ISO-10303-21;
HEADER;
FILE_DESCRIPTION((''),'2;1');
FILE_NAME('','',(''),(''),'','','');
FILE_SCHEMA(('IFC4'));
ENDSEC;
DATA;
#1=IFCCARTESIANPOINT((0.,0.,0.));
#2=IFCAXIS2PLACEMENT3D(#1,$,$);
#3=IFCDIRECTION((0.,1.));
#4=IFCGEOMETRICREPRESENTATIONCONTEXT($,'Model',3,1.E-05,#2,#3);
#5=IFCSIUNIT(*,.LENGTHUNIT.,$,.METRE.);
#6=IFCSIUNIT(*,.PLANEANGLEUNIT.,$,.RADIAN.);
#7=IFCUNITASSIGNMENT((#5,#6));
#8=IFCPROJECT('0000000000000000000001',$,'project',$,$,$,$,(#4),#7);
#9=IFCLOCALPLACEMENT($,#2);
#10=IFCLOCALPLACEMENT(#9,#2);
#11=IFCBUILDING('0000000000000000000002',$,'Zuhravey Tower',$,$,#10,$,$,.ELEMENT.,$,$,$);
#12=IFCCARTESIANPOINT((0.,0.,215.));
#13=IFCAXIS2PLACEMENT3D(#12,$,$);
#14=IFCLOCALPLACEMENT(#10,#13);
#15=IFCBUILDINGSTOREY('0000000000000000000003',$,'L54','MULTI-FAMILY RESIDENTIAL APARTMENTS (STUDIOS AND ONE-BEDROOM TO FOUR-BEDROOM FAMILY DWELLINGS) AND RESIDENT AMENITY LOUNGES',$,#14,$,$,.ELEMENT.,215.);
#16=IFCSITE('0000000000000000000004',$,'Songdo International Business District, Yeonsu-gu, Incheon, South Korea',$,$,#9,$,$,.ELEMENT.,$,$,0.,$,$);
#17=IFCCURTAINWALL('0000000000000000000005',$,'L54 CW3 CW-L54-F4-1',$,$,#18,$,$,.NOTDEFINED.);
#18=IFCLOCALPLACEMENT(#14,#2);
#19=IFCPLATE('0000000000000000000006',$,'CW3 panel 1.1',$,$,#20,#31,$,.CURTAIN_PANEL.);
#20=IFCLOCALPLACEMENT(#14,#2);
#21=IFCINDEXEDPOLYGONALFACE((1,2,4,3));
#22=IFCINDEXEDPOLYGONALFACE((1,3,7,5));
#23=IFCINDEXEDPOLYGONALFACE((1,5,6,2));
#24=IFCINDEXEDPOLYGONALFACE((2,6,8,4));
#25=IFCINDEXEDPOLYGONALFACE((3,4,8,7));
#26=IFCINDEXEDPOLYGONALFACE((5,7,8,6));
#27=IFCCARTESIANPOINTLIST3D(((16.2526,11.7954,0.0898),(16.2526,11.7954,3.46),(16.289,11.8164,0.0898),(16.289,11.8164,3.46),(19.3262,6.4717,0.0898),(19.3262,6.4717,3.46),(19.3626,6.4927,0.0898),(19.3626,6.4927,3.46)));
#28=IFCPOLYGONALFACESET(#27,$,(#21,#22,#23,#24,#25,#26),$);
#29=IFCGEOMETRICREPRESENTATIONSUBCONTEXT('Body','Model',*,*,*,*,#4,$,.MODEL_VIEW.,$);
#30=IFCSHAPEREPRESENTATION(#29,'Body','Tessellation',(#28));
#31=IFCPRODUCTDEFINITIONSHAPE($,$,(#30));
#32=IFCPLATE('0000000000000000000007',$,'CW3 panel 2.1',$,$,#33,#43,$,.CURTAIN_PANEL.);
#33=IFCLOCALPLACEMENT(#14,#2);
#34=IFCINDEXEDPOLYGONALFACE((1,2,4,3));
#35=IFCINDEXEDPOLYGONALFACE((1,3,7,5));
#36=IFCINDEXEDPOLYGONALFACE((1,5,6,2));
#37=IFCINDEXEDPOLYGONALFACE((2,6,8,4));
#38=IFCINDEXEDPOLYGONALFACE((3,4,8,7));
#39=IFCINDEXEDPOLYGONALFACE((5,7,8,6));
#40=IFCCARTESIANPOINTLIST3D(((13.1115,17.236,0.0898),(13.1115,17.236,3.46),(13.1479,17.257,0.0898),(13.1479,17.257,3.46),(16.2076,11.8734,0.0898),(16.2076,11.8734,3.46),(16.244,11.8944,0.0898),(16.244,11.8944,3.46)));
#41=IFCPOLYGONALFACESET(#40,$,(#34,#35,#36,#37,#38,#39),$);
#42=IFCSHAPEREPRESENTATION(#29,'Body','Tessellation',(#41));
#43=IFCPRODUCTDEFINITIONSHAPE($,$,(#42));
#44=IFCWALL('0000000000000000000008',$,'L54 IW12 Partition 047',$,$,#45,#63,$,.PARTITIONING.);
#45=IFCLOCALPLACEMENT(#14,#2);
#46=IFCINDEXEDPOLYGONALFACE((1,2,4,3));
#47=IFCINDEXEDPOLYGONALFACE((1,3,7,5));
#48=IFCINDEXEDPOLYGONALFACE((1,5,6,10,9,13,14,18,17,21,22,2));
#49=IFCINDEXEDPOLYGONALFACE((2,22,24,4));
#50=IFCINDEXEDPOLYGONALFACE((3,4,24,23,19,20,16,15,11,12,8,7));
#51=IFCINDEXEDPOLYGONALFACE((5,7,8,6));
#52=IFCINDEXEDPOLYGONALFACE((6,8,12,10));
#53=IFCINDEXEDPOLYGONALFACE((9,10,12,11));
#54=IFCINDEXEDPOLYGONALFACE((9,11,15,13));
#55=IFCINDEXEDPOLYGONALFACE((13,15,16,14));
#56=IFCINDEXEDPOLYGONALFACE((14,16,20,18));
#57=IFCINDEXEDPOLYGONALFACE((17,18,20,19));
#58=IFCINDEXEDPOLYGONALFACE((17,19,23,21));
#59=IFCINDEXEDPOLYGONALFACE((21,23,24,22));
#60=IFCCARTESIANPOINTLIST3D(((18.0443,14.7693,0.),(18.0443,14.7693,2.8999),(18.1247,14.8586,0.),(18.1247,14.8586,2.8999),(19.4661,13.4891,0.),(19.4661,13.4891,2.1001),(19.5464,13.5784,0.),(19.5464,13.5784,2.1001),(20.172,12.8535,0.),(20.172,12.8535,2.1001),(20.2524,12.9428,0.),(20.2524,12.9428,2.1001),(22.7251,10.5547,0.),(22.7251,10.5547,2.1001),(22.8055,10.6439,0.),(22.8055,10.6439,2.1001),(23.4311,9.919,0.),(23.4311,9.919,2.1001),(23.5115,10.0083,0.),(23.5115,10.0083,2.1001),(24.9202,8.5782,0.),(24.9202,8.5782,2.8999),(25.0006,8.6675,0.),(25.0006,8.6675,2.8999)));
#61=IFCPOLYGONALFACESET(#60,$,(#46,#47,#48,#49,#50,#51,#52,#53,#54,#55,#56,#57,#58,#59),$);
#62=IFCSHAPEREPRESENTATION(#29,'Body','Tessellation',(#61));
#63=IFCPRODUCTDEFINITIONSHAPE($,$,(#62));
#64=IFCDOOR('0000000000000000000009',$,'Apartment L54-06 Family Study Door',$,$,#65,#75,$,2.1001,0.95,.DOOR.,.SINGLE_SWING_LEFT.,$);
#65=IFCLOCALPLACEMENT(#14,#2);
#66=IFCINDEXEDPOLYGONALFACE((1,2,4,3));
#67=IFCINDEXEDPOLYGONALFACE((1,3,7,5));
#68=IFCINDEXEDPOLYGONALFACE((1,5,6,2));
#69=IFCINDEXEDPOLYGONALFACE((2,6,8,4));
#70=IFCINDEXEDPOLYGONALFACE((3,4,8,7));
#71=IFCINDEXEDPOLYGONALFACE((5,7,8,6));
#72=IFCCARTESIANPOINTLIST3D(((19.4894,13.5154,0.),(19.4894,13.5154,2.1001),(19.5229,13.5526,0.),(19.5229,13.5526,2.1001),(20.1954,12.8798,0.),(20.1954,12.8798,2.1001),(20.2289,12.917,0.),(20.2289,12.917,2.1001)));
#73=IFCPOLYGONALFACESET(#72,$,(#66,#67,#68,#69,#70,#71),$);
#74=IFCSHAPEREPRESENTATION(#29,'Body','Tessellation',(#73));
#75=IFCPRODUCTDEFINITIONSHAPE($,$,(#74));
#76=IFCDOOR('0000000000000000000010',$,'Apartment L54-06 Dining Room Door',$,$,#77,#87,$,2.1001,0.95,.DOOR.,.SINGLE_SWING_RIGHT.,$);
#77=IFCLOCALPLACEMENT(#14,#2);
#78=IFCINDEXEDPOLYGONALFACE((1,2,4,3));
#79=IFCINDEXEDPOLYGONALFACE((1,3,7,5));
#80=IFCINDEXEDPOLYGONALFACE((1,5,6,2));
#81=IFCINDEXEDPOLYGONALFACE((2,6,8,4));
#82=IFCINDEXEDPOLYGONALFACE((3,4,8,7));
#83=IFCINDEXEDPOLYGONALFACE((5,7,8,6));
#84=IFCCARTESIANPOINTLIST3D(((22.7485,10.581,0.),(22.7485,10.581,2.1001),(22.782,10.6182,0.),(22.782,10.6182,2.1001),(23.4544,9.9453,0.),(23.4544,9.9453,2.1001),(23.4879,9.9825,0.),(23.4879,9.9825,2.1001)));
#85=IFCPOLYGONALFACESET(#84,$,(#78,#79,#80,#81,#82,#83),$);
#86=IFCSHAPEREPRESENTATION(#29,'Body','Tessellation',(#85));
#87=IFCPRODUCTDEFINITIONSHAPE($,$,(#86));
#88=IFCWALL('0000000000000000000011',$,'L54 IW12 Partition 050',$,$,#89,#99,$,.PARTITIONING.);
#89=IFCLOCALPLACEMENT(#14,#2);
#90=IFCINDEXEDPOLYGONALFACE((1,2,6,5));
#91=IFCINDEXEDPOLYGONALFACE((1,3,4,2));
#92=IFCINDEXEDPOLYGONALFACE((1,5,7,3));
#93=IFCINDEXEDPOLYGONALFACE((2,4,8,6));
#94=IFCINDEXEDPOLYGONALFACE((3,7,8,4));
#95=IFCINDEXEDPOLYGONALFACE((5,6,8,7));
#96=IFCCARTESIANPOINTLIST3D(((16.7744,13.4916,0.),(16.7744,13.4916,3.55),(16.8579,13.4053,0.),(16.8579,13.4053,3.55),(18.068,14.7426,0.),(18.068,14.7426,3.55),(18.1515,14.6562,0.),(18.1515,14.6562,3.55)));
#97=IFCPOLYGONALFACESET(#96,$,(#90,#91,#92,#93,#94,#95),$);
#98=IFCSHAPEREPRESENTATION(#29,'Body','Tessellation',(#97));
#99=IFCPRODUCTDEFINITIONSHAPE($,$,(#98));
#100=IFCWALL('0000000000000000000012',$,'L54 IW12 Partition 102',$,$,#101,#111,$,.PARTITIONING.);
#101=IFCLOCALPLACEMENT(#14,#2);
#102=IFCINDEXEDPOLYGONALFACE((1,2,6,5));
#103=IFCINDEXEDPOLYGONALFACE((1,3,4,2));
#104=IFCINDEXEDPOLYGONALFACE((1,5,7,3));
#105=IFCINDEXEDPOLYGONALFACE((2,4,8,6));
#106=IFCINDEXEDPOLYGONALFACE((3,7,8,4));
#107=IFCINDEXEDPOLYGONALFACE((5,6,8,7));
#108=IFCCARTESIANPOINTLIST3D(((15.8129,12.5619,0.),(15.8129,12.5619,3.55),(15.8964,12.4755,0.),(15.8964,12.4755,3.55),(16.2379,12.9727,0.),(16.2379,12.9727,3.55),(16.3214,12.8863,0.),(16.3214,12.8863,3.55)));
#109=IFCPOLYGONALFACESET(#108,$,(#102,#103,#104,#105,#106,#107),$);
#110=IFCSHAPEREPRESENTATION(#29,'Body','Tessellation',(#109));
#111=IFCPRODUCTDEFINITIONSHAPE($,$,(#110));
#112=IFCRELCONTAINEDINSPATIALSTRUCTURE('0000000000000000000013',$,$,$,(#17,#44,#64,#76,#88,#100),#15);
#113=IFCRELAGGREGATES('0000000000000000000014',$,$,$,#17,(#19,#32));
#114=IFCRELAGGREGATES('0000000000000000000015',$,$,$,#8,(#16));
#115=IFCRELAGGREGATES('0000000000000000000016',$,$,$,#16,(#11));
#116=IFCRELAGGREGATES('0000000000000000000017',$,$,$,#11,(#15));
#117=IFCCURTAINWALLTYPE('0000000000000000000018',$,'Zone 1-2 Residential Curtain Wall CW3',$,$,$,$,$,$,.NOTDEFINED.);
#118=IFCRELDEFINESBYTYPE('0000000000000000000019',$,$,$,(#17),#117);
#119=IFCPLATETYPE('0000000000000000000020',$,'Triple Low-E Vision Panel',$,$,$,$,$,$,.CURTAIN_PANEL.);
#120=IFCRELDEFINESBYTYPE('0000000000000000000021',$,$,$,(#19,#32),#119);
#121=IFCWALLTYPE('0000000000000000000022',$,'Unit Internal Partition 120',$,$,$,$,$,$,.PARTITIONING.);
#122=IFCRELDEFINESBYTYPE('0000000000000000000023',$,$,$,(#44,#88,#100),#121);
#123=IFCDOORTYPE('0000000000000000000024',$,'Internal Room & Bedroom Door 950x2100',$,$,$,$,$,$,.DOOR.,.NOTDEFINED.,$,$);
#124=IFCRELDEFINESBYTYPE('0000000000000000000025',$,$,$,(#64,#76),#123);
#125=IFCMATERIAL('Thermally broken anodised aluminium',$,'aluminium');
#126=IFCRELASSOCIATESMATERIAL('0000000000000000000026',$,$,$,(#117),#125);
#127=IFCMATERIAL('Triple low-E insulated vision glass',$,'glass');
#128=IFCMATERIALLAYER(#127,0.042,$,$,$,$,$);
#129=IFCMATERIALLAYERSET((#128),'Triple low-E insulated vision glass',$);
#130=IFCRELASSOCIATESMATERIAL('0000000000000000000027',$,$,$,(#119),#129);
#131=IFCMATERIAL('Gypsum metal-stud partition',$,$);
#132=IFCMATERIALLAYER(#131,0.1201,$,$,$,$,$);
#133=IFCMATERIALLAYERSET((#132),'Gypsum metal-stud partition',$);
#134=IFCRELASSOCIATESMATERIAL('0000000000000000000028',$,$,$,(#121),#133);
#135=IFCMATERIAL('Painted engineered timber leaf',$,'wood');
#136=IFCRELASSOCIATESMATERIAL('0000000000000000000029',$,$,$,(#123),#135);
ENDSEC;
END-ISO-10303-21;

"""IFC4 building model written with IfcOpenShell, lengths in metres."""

from ifc_helpers import new_model, si_unit, direction, frame, frame_2d, origin, origin_2d, place, context, subcontext, project, spatial, rectangle, extrude, material, layer, layer_set, type_object, element, fill, aggregate, save


model = new_model("IFC4")

# Units and contexts
model_context = context("Model", 3, precision=1e-05, world=origin(), true_north=direction((0.0, 1.0)))
body_context = subcontext(model_context, "Body", "Model", "MODEL_VIEW")
ifc_project = project(units=[si_unit("LENGTHUNIT", "METRE"), si_unit("PLANEANGLEUNIT", "RADIAN")], contexts=[model_context])

# Site, building, storey
site_placement = place(None, origin())
site = spatial("IfcSite", under=ifc_project, at=site_placement, Name="Songdo International Business District, Yeonsu-gu, Incheon, South Korea", CompositionType="ELEMENT", RefElevation=0.0)
building_placement = place(site_placement, origin())
building = spatial("IfcBuilding", under=site, at=building_placement, Name="Zuhravey Tower", CompositionType="ELEMENT")
storey_placement = place(building_placement, frame((0.0, 0.0, 215.0)))
storey = spatial("IfcBuildingStorey", under=building, at=storey_placement, Name="L54", Description="MULTI-FAMILY RESIDENTIAL APARTMENTS (STUDIOS AND ONE-BEDROOM TO FOUR-BEDROOM FAMILY DWELLINGS) AND RESIDENT AMENITY LOUNGES", CompositionType="ELEMENT", Elevation=215.0)

# Curtain wall
ifc_material_1 = material(Name="Thermally broken anodised aluminium", Category="aluminium")
curtain_wall_type = type_object("IfcCurtainWallType", Name="Zone 1-2 Residential Curtain Wall CW3", PredefinedType="NOTDEFINED", material=ifc_material_1)
curtain_wall_placement = place(storey_placement, origin())
curtain_wall = element("IfcCurtainWall", 1, at=curtain_wall_placement, inside=storey, type_object=curtain_wall_type, Name="L54 CW3 CW-L54-F4-1", PredefinedType="NOTDEFINED")

# Plates
ifc_material_2 = material(Name="Triple low-E insulated vision glass", Category="glass")
ifc_layer_1 = layer(ifc_material_2, 0.042)
ifc_layer_set_1 = layer_set([ifc_layer_1], Name="Triple low-E insulated vision glass")
plate_type_1 = type_object("IfcPlateType", Name="Triple Low-E Vision Panel", PredefinedType="CURTAIN_PANEL", material=ifc_layer_set_1)
plate_1_placement = place(storey_placement, frame((17.8076, 9.144, 0.0898), z_axis=(0.0, 0.0, 1.0), x_axis=(-0.500002, 0.866024, 0.0)))
plate_1 = element("IfcPlate", 2, at=plate_1_placement, type_object=plate_type_1, Name="CW3 panel 1.1", PredefinedType="CURTAIN_PANEL", context=body_context, shape_type="SweptSolid", body=[
    extrude(rectangle(XDim=6.1472, YDim=0.042, at=origin_2d()), origin(), (0.0, 0.0, 1.0), 3.3701),
])
plate_2_placement = place(storey_placement, frame((14.6777, 14.5652, 0.0898), z_axis=(0.0, 0.0, 1.0), x_axis=(-0.500002, 0.866024, 0.0)))
plate_2 = element("IfcPlate", 3, at=plate_2_placement, type_object=plate_type_1, Name="CW3 panel 2.1", PredefinedType="CURTAIN_PANEL", context=body_context, shape_type="SweptSolid", body=[
    extrude(rectangle(XDim=6.1921, YDim=0.042, at=origin_2d()), origin(), (0.0, 0.0, 1.0), 3.3701),
])
aggregate(curtain_wall, [plate_1, plate_2])

# Wall, openings, doors
ifc_material_3 = material(Name="Gypsum metal-stud partition")
ifc_layer_2 = layer(ifc_material_3, 0.1201)
ifc_layer_set_2 = layer_set([ifc_layer_2], Name="Gypsum metal-stud partition")
wall_type = type_object("IfcWallType", Name="Unit Internal Partition 120", PredefinedType="PARTITIONING", material=ifc_layer_set_2)
wall_1_placement = place(storey_placement, frame((18.0845, 14.814, 0.0), z_axis=(0.0, 0.0, 1.0), x_axis=(0.743145, -0.669131, 0.0)))
wall_1 = element("IfcWall", 4, at=wall_1_placement, inside=storey, type_object=wall_type, Name="L54 IW12 Partition 047", PredefinedType="PARTITIONING", context=body_context, shape_type="SweptSolid", body=[
    extrude(rectangle(XDim=9.2524, YDim=0.1201, at=frame_2d((4.6262, 0.0))), origin(), (0.0, 0.0, 1.0), 2.8999),
])
opening_1_placement = place(wall_1_placement, frame((1.9131, 0.0, 0.0)))
opening_1 = element("IfcOpeningElement", 5, at=opening_1_placement, cuts=wall_1, PredefinedType="OPENING", context=body_context, shape_type="SweptSolid", body=[
    extrude(rectangle(XDim=0.95, YDim=2.1001, at=frame_2d((0.4751, 1.05))), frame((0.0, 0.072, 0.0), z_axis=(0.0, -1.0, 0.0), x_axis=(1.0, 0.0, 0.0)), (0.0, 0.0, 1.0), 0.144),
])
opening_2_placement = place(wall_1_placement, frame((6.2986, 0.0, 0.0)))
opening_2 = element("IfcOpeningElement", 6, at=opening_2_placement, cuts=wall_1, PredefinedType="OPENING", context=body_context, shape_type="SweptSolid", body=[
    extrude(rectangle(XDim=0.95, YDim=2.1001, at=frame_2d((0.4751, 1.05))), frame((0.0, 0.072, 0.0), z_axis=(0.0, -1.0, 0.0), x_axis=(1.0, 0.0, 0.0)), (0.0, 0.0, 1.0), 0.144),
])
ifc_material_4 = material(Name="Painted engineered timber leaf", Category="wood")
door_type = type_object("IfcDoorType", Name="Internal Room & Bedroom Door 950x2100", OperationType="NOTDEFINED", PredefinedType="DOOR", material=ifc_material_4)
door_1_placement = place(opening_1_placement, frame((0.95, 0.0, 0.0), z_axis=(0.0, 0.0, 1.0), x_axis=(-1.0, 0.0, 0.0)))
door_1 = element("IfcDoor", 7, at=door_1_placement, inside=storey, type_object=door_type, Name="Apartment L54-06 Family Study Door", OperationType="SINGLE_SWING_LEFT", OverallHeight=2.1001, OverallWidth=0.95, PredefinedType="DOOR", context=body_context, shape_type="SweptSolid", body=[
    extrude(rectangle(XDim=0.95, YDim=2.1001, at=frame_2d((0.4751, 1.05))), frame((0.0, 0.0249, 0.0), z_axis=(0.0, -1.0, 0.0), x_axis=(1.0, 0.0, 0.0)), (0.0, 0.0, 1.0), 0.05),
])
fill(opening_1, door_1)
door_2_placement = place(opening_2_placement, frame((0.95, 0.0, 0.0), z_axis=(0.0, 0.0, 1.0), x_axis=(-1.0, 0.0, 0.0)))
door_2 = element("IfcDoor", 8, at=door_2_placement, inside=storey, type_object=door_type, Name="Apartment L54-06 Dining Room Door", OperationType="SINGLE_SWING_RIGHT", OverallHeight=2.1001, OverallWidth=0.95, PredefinedType="DOOR", context=body_context, shape_type="SweptSolid", body=[
    extrude(rectangle(XDim=0.95, YDim=2.1001, at=frame_2d((0.4751, 1.05))), frame((0.0, 0.0249, 0.0), z_axis=(0.0, -1.0, 0.0), x_axis=(1.0, 0.0, 0.0)), (0.0, 0.0, 1.0), 0.05),
])
fill(opening_2, door_2)

# Walls
wall_2_placement = place(storey_placement, frame((18.1099, 14.6995, 0.0), z_axis=(0.0, 0.0, 1.0), x_axis=(-0.718878, -0.695137, 0.0)))
element("IfcWall", 9, at=wall_2_placement, inside=storey, type_object=wall_type, Name="L54 IW12 Partition 050", PredefinedType="PARTITIONING", context=body_context, shape_type="SweptSolid", body=[
    extrude(rectangle(XDim=1.7996, YDim=0.1201, at=frame_2d((0.8999, 0.0))), origin(), (0.0, 0.0, 1.0), 3.55),
])
wall_3_placement = place(storey_placement, frame((16.2795, 12.9294, 0.0), z_axis=(0.0, 0.0, 1.0), x_axis=(-0.718981, -0.695029, 0.0)))
element("IfcWall", 10, at=wall_3_placement, inside=storey, type_object=wall_type, Name="L54 IW12 Partition 102", PredefinedType="PARTITIONING", context=body_context, shape_type="SweptSolid", body=[
    extrude(rectangle(XDim=0.5911, YDim=0.1201, at=frame_2d((0.2954, 0.0))), origin(), (0.0, 0.0, 1.0), 3.55),
])

save(model, "model.ifc")
